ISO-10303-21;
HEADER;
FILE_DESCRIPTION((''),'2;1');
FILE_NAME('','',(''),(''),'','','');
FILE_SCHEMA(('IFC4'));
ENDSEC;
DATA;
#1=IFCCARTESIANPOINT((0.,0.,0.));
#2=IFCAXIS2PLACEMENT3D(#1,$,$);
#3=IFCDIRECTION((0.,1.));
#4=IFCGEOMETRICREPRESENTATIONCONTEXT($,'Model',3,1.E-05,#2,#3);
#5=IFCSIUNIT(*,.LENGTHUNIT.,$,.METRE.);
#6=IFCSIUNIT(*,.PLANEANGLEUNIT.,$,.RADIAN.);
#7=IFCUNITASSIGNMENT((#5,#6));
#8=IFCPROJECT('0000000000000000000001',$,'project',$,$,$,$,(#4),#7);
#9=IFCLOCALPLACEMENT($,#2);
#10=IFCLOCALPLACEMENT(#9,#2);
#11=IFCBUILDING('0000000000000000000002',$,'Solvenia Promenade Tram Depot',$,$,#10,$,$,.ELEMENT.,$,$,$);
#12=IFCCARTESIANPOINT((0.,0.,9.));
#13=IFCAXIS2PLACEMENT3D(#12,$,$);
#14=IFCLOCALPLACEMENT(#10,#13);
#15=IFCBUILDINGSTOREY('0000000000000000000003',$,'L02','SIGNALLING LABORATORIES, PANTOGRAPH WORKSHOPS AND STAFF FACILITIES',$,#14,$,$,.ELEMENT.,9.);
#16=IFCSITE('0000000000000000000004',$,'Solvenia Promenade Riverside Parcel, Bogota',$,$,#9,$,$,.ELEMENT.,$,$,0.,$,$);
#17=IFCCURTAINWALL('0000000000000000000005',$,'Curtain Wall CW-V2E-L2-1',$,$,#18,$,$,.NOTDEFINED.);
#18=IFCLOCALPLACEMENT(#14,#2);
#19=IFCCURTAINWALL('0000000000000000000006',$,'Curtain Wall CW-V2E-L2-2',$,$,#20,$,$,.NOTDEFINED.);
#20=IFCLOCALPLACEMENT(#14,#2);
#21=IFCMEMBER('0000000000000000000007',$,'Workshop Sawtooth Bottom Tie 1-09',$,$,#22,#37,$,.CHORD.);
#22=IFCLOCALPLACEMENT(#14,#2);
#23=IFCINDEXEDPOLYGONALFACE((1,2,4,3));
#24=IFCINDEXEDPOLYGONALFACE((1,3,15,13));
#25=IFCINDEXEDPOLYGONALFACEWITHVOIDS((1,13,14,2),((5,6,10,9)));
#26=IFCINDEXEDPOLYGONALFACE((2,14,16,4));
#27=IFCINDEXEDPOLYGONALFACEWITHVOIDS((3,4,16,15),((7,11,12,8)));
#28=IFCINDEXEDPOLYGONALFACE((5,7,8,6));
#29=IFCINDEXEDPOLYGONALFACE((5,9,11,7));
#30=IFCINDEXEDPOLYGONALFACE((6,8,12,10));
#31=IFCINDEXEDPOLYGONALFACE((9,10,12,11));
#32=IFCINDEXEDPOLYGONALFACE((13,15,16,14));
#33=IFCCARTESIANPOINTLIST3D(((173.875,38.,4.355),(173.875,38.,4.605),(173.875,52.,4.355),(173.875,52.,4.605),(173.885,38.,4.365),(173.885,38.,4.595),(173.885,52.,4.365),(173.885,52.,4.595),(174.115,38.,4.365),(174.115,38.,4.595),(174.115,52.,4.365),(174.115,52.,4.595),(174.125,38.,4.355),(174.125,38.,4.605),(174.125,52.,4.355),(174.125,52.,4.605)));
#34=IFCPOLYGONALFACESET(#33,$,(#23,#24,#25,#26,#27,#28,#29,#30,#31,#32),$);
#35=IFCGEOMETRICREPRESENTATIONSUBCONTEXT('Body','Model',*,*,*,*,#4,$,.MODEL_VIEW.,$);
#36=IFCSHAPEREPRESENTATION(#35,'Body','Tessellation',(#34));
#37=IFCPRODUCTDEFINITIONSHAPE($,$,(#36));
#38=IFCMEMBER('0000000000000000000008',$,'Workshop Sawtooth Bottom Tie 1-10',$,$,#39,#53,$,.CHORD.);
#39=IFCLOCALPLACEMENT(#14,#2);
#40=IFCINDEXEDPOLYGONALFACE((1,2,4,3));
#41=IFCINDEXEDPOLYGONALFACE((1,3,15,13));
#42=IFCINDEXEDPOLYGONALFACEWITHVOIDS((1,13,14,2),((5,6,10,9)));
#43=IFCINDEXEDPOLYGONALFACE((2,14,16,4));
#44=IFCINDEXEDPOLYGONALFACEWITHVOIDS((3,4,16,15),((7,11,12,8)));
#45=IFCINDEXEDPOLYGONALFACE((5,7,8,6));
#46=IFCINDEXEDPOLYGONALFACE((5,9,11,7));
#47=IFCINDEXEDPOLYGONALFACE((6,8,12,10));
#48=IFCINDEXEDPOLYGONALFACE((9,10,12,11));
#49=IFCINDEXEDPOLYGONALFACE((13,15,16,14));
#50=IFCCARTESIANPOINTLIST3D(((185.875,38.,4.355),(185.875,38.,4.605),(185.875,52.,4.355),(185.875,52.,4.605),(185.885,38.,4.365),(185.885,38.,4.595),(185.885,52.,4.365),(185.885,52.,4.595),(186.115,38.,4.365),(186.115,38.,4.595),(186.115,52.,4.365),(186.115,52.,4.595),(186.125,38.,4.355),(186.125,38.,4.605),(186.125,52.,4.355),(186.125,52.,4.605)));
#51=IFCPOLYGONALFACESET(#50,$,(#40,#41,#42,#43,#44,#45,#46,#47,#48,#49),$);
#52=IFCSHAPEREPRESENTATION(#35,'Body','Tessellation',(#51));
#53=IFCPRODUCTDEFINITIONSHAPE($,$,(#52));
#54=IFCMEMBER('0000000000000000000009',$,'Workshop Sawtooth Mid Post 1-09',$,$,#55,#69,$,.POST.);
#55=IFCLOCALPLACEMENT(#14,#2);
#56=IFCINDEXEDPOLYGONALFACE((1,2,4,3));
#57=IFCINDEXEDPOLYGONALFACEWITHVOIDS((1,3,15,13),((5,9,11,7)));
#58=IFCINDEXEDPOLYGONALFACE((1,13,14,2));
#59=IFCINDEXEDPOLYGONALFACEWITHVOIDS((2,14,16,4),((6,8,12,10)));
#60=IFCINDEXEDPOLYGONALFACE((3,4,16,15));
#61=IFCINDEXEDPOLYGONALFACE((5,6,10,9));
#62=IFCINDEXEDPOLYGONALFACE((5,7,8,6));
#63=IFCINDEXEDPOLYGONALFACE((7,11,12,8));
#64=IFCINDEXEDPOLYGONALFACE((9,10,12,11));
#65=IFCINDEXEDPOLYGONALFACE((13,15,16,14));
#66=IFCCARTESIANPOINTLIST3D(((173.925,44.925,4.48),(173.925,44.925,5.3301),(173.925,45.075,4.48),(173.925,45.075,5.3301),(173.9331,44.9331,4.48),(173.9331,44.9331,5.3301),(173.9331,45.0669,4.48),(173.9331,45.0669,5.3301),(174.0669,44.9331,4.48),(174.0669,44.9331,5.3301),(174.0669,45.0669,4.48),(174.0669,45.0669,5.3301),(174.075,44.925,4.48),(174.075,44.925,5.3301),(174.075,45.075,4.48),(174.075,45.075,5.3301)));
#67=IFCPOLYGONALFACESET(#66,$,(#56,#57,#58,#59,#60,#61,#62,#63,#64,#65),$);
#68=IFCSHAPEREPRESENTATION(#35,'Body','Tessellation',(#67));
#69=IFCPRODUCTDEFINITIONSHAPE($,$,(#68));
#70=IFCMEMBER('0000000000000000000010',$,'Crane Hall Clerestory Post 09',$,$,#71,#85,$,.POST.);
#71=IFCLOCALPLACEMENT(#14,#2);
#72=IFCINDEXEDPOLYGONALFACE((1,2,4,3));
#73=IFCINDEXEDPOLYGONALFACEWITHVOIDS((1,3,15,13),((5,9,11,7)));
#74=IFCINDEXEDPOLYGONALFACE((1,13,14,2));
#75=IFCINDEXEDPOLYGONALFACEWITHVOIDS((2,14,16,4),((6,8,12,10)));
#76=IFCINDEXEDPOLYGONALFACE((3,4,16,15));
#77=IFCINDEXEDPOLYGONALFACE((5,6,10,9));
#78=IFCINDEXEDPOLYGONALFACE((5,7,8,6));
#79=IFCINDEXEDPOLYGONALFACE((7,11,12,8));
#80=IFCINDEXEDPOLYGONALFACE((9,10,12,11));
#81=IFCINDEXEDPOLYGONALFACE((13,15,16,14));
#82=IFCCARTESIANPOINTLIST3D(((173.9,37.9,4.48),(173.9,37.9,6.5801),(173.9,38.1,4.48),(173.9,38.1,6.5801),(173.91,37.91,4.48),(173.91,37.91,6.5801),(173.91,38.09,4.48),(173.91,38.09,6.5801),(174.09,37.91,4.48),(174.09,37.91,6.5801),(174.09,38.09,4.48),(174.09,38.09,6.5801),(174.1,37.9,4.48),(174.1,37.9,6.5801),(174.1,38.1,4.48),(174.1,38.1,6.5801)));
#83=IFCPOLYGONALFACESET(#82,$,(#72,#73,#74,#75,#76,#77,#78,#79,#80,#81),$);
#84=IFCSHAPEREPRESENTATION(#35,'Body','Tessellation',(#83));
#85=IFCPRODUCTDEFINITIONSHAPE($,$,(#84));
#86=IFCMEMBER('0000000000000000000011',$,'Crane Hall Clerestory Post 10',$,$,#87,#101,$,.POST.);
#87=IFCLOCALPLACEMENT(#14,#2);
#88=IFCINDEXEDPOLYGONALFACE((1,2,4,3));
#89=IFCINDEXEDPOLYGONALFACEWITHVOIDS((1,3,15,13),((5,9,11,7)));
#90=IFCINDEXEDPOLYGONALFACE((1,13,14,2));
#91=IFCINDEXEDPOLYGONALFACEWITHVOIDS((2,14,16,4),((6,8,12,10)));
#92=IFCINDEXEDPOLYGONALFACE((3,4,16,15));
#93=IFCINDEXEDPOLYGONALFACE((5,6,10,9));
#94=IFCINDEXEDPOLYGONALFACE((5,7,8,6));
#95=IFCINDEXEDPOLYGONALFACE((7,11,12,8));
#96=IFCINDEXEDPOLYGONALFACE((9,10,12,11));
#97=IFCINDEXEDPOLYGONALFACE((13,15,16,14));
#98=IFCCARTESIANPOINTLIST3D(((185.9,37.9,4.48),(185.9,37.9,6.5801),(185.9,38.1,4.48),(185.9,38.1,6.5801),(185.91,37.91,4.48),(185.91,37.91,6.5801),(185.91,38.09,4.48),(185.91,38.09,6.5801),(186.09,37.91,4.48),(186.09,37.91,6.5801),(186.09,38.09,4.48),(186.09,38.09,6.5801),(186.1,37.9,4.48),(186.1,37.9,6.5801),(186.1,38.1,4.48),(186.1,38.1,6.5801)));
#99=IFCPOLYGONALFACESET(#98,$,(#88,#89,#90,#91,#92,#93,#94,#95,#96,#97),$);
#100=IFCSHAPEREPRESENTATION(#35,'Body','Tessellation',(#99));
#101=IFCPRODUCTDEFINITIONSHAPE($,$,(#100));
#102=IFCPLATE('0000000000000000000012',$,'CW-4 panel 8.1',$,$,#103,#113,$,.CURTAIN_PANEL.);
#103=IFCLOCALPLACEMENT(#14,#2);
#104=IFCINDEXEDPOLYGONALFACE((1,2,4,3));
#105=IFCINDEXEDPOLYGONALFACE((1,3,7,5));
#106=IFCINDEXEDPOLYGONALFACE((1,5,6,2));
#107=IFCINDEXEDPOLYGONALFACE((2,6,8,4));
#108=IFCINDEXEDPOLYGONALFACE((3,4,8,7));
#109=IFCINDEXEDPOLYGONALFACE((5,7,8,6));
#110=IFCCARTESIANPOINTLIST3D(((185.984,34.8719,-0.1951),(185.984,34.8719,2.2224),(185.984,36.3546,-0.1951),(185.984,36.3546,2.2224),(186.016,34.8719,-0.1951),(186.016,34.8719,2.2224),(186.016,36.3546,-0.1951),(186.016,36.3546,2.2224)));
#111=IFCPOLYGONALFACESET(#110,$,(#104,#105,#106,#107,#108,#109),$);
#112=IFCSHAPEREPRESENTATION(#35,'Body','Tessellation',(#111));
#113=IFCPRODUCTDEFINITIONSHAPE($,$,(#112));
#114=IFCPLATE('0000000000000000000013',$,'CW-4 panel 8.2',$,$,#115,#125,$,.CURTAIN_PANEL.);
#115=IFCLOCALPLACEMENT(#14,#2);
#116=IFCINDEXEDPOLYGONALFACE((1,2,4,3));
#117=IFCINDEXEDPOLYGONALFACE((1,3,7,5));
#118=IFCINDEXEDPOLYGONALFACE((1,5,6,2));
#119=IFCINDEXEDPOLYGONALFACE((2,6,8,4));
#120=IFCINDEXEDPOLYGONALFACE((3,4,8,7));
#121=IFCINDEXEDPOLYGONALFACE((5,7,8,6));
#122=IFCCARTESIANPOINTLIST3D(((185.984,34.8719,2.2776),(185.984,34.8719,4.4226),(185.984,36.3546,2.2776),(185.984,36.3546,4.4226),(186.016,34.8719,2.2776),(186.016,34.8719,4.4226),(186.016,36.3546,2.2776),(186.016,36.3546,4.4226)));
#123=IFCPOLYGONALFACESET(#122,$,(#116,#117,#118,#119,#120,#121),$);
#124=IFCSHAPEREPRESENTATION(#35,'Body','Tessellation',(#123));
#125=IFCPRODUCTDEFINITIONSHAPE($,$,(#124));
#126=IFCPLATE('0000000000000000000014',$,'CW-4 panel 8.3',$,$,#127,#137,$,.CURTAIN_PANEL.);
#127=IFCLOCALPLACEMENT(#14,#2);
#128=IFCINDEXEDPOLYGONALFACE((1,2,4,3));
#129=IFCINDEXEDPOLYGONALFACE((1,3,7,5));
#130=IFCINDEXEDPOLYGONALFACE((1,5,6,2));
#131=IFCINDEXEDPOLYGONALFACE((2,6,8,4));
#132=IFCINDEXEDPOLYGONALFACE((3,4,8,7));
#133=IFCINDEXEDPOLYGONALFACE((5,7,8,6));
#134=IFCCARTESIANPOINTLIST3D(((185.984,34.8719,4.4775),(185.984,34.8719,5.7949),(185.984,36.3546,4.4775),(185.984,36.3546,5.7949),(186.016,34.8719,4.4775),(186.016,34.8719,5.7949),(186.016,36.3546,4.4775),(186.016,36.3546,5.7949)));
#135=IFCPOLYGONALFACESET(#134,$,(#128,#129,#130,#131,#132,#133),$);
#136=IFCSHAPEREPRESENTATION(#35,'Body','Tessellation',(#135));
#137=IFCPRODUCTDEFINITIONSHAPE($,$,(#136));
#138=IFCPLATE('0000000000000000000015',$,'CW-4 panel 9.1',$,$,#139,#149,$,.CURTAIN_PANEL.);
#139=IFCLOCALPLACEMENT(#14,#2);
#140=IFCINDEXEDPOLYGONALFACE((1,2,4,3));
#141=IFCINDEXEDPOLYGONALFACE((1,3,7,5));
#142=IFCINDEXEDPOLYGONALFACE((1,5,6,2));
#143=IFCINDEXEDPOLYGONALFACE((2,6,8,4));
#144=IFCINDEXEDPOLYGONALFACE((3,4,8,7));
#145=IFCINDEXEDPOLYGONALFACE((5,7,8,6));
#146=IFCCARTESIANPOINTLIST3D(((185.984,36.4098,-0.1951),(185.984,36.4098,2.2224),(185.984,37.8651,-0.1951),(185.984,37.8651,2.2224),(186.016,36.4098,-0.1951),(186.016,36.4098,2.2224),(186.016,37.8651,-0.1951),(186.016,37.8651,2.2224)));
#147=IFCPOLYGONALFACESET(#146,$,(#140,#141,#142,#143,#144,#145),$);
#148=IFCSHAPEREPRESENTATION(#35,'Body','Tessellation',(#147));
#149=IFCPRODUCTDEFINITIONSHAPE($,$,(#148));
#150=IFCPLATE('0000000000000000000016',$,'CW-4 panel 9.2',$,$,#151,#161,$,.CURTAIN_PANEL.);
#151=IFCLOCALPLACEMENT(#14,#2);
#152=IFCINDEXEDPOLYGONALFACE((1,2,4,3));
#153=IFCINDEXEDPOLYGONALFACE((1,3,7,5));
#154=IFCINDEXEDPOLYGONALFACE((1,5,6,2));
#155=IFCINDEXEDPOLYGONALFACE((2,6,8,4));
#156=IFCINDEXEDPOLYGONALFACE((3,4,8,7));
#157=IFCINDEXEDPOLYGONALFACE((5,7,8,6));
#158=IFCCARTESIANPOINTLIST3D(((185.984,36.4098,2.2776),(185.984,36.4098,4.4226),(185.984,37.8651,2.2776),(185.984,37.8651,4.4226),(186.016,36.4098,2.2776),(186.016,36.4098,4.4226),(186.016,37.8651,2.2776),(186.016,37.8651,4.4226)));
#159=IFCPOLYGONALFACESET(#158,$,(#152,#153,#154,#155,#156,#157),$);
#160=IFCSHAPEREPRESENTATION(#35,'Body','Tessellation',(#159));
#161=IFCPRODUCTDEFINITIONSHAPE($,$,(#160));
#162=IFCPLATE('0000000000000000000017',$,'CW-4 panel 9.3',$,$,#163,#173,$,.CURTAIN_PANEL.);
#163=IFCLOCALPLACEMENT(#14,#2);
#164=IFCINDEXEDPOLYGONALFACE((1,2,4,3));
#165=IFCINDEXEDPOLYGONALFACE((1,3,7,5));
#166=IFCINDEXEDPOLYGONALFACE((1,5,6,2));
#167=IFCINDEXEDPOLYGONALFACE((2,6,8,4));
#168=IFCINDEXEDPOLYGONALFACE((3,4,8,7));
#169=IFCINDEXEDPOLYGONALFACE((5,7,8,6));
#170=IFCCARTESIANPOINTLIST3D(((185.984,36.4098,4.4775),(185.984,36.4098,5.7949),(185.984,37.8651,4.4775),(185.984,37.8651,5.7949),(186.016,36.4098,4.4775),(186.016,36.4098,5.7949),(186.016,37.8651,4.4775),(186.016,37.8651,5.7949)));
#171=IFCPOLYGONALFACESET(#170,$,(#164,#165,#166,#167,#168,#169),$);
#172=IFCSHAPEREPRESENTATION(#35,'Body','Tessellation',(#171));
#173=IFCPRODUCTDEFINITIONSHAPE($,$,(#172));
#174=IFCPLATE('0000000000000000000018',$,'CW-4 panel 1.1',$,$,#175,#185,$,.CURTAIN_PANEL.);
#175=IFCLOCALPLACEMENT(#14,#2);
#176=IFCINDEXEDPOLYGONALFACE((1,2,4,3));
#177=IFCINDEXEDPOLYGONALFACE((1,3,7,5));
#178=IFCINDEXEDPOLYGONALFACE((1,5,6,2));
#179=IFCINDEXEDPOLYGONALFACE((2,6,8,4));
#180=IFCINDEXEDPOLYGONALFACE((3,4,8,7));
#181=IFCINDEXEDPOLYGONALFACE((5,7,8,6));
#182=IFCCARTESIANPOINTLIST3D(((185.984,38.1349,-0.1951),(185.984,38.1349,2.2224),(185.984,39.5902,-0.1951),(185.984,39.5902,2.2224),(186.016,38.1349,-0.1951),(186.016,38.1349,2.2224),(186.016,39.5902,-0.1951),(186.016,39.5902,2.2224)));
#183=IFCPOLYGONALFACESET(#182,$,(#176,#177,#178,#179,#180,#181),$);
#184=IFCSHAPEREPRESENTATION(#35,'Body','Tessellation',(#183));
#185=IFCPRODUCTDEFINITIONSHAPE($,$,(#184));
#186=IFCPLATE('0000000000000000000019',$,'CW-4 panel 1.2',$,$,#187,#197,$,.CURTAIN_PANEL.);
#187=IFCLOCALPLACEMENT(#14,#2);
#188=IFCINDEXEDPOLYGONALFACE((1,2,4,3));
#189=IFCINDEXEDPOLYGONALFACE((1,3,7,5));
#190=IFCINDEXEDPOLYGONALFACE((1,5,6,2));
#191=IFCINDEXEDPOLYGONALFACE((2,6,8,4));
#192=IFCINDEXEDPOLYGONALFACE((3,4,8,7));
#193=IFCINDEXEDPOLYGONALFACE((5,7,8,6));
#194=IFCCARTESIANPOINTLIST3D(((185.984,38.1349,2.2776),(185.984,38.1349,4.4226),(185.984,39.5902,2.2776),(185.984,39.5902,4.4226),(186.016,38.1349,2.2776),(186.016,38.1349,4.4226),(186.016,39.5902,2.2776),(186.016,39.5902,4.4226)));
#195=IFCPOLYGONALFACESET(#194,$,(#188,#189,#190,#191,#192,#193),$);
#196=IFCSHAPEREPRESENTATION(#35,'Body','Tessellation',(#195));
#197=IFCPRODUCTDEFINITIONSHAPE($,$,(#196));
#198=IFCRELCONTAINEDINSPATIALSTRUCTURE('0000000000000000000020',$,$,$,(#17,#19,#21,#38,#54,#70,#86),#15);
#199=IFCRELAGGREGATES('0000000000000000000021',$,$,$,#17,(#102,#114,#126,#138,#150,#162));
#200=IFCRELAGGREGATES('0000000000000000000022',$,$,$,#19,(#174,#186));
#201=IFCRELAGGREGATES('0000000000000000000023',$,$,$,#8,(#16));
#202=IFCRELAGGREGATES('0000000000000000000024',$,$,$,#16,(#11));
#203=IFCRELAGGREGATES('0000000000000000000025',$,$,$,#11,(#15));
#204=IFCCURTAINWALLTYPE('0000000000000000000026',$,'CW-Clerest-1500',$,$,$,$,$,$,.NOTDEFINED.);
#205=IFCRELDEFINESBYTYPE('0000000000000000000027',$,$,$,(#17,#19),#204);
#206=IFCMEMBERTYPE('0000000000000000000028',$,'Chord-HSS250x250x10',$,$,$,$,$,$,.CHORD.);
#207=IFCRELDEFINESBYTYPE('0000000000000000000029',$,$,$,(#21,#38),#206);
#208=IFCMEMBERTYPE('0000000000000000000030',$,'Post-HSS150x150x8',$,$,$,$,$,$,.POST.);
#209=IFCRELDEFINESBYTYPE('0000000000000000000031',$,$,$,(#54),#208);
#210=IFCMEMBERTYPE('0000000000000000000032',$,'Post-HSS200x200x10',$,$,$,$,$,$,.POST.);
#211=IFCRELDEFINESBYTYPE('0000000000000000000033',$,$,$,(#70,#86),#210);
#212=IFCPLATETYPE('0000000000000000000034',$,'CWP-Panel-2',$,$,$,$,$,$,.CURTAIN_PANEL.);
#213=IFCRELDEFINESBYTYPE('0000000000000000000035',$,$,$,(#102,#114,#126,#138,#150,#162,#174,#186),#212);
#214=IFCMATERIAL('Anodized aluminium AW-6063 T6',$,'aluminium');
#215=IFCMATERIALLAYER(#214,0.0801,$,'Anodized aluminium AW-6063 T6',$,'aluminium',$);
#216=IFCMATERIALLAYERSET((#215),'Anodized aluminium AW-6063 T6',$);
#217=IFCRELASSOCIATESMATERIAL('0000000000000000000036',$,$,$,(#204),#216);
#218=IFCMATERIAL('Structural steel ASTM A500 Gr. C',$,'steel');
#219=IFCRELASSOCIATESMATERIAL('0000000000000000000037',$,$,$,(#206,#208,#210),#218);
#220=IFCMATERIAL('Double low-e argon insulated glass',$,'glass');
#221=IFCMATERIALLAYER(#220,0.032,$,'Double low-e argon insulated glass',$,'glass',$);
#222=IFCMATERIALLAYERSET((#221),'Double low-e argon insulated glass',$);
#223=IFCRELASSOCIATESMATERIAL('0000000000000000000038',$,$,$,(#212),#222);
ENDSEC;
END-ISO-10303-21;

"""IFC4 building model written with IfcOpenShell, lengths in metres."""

from ifc_helpers import new_model, si_unit, direction, frame, origin, origin_2d, place, context, subcontext, project, spatial, rectangle, hollow_rectangle, extrude, material, layer, layer_set, material_profile, profile_set, type_object, element, aggregate, save


model = new_model("IFC4")

# Units and contexts
model_context = context("Model", 3, precision=1e-05, world=origin(), true_north=direction((0.0, 1.0)))
body_context = subcontext(model_context, "Body", "Model", "MODEL_VIEW")
ifc_project = project(units=[si_unit("LENGTHUNIT", "METRE"), si_unit("PLANEANGLEUNIT", "RADIAN")], contexts=[model_context])

# Site, building, storey
site_placement = place(None, origin())
site = spatial("IfcSite", under=ifc_project, at=site_placement, Name="Solvenia Promenade Riverside Parcel, Bogota", CompositionType="ELEMENT", RefElevation=0.0)
building_placement = place(site_placement, origin())
building = spatial("IfcBuilding", under=site, at=building_placement, Name="Solvenia Promenade Tram Depot", CompositionType="ELEMENT")
storey_placement = place(building_placement, frame((0.0, 0.0, 9.0)))
storey = spatial("IfcBuildingStorey", under=building, at=storey_placement, Name="L02", Description="SIGNALLING LABORATORIES, PANTOGRAPH WORKSHOPS AND STAFF FACILITIES", CompositionType="ELEMENT", Elevation=9.0)

# Curtain wall
ifc_material_1 = material(Name="Anodized aluminium AW-6063 T6", Category="aluminium")
ifc_layer_1 = layer(ifc_material_1, 0.0801, Name="Anodized aluminium AW-6063 T6", Category="aluminium")
ifc_layer_set_1 = layer_set([ifc_layer_1], Name="Anodized aluminium AW-6063 T6")
curtain_wall_type = type_object("IfcCurtainWallType", Name="CW-Clerest-1500", PredefinedType="NOTDEFINED", material=ifc_layer_set_1)
curtain_wall_1_placement = place(storey_placement, origin())
curtain_wall_1 = element("IfcCurtainWall", 1, at=curtain_wall_1_placement, inside=storey, type_object=curtain_wall_type, Name="Curtain Wall CW-V2E-L2-1", PredefinedType="NOTDEFINED")

# Curtain wall
curtain_wall_2_placement = place(storey_placement, origin())
curtain_wall_2 = element("IfcCurtainWall", 2, at=curtain_wall_2_placement, inside=storey, type_object=curtain_wall_type, Name="Curtain Wall CW-V2E-L2-2", PredefinedType="NOTDEFINED")

# Members
ifc_material_2 = material(Name="Structural steel ASTM A500 Gr. C", Category="steel")
ifc_material_profile_1 = material_profile(ifc_material_2, hollow_rectangle(XDim=0.25, YDim=0.25, WallThickness=0.01, at=origin_2d()), Name="HSS250x250x10", Category="steel")
ifc_profile_set_1 = profile_set([ifc_material_profile_1], Name="Structural steel ASTM A500 Gr. C")
member_type_1 = type_object("IfcMemberType", Name="Chord-HSS250x250x10", PredefinedType="CHORD", material=ifc_profile_set_1)
for number, where, z_axis, x_axis, name in (
    (3, (174.0, 38.0, 4.48), (0.0, 1.0, 0.0), (-1.0, 0.0, 0.0), "Workshop Sawtooth Bottom Tie 1-09"),
    (4, (186.0, 38.0, 4.48), (0.0, 1.0, 0.0), (-1.0, 0.0, 0.0), "Workshop Sawtooth Bottom Tie 1-10"),
):
    element("IfcMember", number, at=place(storey_placement, frame(where, z_axis=z_axis, x_axis=x_axis)), inside=storey, type_object=member_type_1, Name=name, PredefinedType="CHORD", context=body_context, shape_type="SweptSolid", body=[
        extrude(hollow_rectangle(XDim=0.25, YDim=0.25, WallThickness=0.01, at=origin_2d()), origin(), (0.0, 0.0, 1.0), 14.0),
    ])
ifc_material_profile_2 = material_profile(ifc_material_2, hollow_rectangle(XDim=0.1499, YDim=0.1499, WallThickness=0.0081, at=origin_2d()), Name="HSS150x150x8", Category="steel")
ifc_profile_set_2 = profile_set([ifc_material_profile_2], Name="Structural steel ASTM A500 Gr. C")
member_type_2 = type_object("IfcMemberType", Name="Post-HSS150x150x8", PredefinedType="POST", material=ifc_profile_set_2)
member_1_placement = place(storey_placement, frame((174.0, 45.0, 4.48), z_axis=(0.0, 0.0, 1.0), x_axis=(1.0, 0.0, 0.0)))
element("IfcMember", 5, at=member_1_placement, inside=storey, type_object=member_type_2, Name="Workshop Sawtooth Mid Post 1-09", PredefinedType="POST", context=body_context, shape_type="SweptSolid", body=[
    extrude(hollow_rectangle(XDim=0.1499, YDim=0.1499, WallThickness=0.0081, at=origin_2d()), origin(), (0.0, 0.0, 1.0), 0.8501),
])
ifc_material_profile_3 = material_profile(ifc_material_2, hollow_rectangle(XDim=0.2, YDim=0.2, WallThickness=0.01, at=origin_2d()), Name="HSS200x200x10", Category="steel")
ifc_profile_set_3 = profile_set([ifc_material_profile_3], Name="Structural steel ASTM A500 Gr. C")
member_type_3 = type_object("IfcMemberType", Name="Post-HSS200x200x10", PredefinedType="POST", material=ifc_profile_set_3)
for number, where, z_axis, x_axis, name in (
    (6, (174.0, 38.0, 4.48), (0.0, 0.0, 1.0), (1.0, 0.0, 0.0), "Crane Hall Clerestory Post 09"),
    (7, (186.0, 38.0, 4.48), (0.0, 0.0, 1.0), (1.0, 0.0, 0.0), "Crane Hall Clerestory Post 10"),
):
    element("IfcMember", number, at=place(storey_placement, frame(where, z_axis=z_axis, x_axis=x_axis)), inside=storey, type_object=member_type_3, Name=name, PredefinedType="POST", context=body_context, shape_type="SweptSolid", body=[
        extrude(hollow_rectangle(XDim=0.2, YDim=0.2, WallThickness=0.01, at=origin_2d()), origin(), (0.0, 0.0, 1.0), 2.1001),
    ])

# Plates
ifc_material_3 = material(Name="Double low-e argon insulated glass", Category="glass")
ifc_layer_2 = layer(ifc_material_3, 0.032, Name="Double low-e argon insulated glass", Category="glass")
ifc_layer_set_2 = layer_set([ifc_layer_2], Name="Double low-e argon insulated glass")
plate_type = type_object("IfcPlateType", Name="CWP-Panel-2", PredefinedType="CURTAIN_PANEL", material=ifc_layer_set_2)
plate_1_placement = place(storey_placement, frame((186.0, 35.6133, -0.1951), z_axis=(0.0, 0.0, 1.0), x_axis=(0.0, 1.0, 0.0)))
plate_1 = element("IfcPlate", 8, at=plate_1_placement, type_object=plate_type, Name="CW-4 panel 8.1", PredefinedType="CURTAIN_PANEL", context=body_context, shape_type="SweptSolid", body=[
    extrude(rectangle(XDim=1.4827, YDim=0.032, at=origin_2d()), origin(), (0.0, 0.0, 1.0), 2.4175),
])
plate_2_placement = place(storey_placement, frame((186.0, 35.6133, 2.2776), z_axis=(0.0, 0.0, 1.0), x_axis=(0.0, 1.0, 0.0)))
plate_2 = element("IfcPlate", 9, at=plate_2_placement, type_object=plate_type, Name="CW-4 panel 8.2", PredefinedType="CURTAIN_PANEL", context=body_context, shape_type="SweptSolid", body=[
    extrude(rectangle(XDim=1.4827, YDim=0.032, at=origin_2d()), origin(), (0.0, 0.0, 1.0), 2.145),
])
plate_3_placement = place(storey_placement, frame((186.0, 35.6133, 4.4775), z_axis=(0.0, 0.0, 1.0), x_axis=(0.0, 1.0, 0.0)))
plate_3 = element("IfcPlate", 10, at=plate_3_placement, type_object=plate_type, Name="CW-4 panel 8.3", PredefinedType="CURTAIN_PANEL", context=body_context, shape_type="SweptSolid", body=[
    extrude(rectangle(XDim=1.4827, YDim=0.032, at=origin_2d()), origin(), (0.0, 0.0, 1.0), 1.3174),
])
plate_4_placement = place(storey_placement, frame((186.0, 37.1375, -0.1951), z_axis=(0.0, 0.0, 1.0), x_axis=(0.0, 1.0, 0.0)))
plate_4 = element("IfcPlate", 11, at=plate_4_placement, type_object=plate_type, Name="CW-4 panel 9.1", PredefinedType="CURTAIN_PANEL", context=body_context, shape_type="SweptSolid", body=[
    extrude(rectangle(XDim=1.4553, YDim=0.032, at=origin_2d()), origin(), (0.0, 0.0, 1.0), 2.4175),
])
plate_5_placement = place(storey_placement, frame((186.0, 37.1375, 2.2776), z_axis=(0.0, 0.0, 1.0), x_axis=(0.0, 1.0, 0.0)))
plate_5 = element("IfcPlate", 12, at=plate_5_placement, type_object=plate_type, Name="CW-4 panel 9.2", PredefinedType="CURTAIN_PANEL", context=body_context, shape_type="SweptSolid", body=[
    extrude(rectangle(XDim=1.4553, YDim=0.032, at=origin_2d()), origin(), (0.0, 0.0, 1.0), 2.145),
])
plate_6_placement = place(storey_placement, frame((186.0, 37.1375, 4.4775), z_axis=(0.0, 0.0, 1.0), x_axis=(0.0, 1.0, 0.0)))
plate_6 = element("IfcPlate", 13, at=plate_6_placement, type_object=plate_type, Name="CW-4 panel 9.3", PredefinedType="CURTAIN_PANEL", context=body_context, shape_type="SweptSolid", body=[
    extrude(rectangle(XDim=1.4553, YDim=0.032, at=origin_2d()), origin(), (0.0, 0.0, 1.0), 1.3174),
])
aggregate(curtain_wall_1, [plate_1, plate_2, plate_3, plate_4, plate_5, plate_6])
plate_7_placement = place(storey_placement, frame((186.0, 38.8625, -0.1951), z_axis=(0.0, 0.0, 1.0), x_axis=(0.0, 1.0, 0.0)))
plate_7 = element("IfcPlate", 14, at=plate_7_placement, type_object=plate_type, Name="CW-4 panel 1.1", PredefinedType="CURTAIN_PANEL", context=body_context, shape_type="SweptSolid", body=[
    extrude(rectangle(XDim=1.4553, YDim=0.032, at=origin_2d()), origin(), (0.0, 0.0, 1.0), 2.4175),
])
plate_8_placement = place(storey_placement, frame((186.0, 38.8625, 2.2776), z_axis=(0.0, 0.0, 1.0), x_axis=(0.0, 1.0, 0.0)))
plate_8 = element("IfcPlate", 15, at=plate_8_placement, type_object=plate_type, Name="CW-4 panel 1.2", PredefinedType="CURTAIN_PANEL", context=body_context, shape_type="SweptSolid", body=[
    extrude(rectangle(XDim=1.4553, YDim=0.032, at=origin_2d()), origin(), (0.0, 0.0, 1.0), 2.145),
])
aggregate(curtain_wall_2, [plate_7, plate_8])

save(model, "model.ifc")
